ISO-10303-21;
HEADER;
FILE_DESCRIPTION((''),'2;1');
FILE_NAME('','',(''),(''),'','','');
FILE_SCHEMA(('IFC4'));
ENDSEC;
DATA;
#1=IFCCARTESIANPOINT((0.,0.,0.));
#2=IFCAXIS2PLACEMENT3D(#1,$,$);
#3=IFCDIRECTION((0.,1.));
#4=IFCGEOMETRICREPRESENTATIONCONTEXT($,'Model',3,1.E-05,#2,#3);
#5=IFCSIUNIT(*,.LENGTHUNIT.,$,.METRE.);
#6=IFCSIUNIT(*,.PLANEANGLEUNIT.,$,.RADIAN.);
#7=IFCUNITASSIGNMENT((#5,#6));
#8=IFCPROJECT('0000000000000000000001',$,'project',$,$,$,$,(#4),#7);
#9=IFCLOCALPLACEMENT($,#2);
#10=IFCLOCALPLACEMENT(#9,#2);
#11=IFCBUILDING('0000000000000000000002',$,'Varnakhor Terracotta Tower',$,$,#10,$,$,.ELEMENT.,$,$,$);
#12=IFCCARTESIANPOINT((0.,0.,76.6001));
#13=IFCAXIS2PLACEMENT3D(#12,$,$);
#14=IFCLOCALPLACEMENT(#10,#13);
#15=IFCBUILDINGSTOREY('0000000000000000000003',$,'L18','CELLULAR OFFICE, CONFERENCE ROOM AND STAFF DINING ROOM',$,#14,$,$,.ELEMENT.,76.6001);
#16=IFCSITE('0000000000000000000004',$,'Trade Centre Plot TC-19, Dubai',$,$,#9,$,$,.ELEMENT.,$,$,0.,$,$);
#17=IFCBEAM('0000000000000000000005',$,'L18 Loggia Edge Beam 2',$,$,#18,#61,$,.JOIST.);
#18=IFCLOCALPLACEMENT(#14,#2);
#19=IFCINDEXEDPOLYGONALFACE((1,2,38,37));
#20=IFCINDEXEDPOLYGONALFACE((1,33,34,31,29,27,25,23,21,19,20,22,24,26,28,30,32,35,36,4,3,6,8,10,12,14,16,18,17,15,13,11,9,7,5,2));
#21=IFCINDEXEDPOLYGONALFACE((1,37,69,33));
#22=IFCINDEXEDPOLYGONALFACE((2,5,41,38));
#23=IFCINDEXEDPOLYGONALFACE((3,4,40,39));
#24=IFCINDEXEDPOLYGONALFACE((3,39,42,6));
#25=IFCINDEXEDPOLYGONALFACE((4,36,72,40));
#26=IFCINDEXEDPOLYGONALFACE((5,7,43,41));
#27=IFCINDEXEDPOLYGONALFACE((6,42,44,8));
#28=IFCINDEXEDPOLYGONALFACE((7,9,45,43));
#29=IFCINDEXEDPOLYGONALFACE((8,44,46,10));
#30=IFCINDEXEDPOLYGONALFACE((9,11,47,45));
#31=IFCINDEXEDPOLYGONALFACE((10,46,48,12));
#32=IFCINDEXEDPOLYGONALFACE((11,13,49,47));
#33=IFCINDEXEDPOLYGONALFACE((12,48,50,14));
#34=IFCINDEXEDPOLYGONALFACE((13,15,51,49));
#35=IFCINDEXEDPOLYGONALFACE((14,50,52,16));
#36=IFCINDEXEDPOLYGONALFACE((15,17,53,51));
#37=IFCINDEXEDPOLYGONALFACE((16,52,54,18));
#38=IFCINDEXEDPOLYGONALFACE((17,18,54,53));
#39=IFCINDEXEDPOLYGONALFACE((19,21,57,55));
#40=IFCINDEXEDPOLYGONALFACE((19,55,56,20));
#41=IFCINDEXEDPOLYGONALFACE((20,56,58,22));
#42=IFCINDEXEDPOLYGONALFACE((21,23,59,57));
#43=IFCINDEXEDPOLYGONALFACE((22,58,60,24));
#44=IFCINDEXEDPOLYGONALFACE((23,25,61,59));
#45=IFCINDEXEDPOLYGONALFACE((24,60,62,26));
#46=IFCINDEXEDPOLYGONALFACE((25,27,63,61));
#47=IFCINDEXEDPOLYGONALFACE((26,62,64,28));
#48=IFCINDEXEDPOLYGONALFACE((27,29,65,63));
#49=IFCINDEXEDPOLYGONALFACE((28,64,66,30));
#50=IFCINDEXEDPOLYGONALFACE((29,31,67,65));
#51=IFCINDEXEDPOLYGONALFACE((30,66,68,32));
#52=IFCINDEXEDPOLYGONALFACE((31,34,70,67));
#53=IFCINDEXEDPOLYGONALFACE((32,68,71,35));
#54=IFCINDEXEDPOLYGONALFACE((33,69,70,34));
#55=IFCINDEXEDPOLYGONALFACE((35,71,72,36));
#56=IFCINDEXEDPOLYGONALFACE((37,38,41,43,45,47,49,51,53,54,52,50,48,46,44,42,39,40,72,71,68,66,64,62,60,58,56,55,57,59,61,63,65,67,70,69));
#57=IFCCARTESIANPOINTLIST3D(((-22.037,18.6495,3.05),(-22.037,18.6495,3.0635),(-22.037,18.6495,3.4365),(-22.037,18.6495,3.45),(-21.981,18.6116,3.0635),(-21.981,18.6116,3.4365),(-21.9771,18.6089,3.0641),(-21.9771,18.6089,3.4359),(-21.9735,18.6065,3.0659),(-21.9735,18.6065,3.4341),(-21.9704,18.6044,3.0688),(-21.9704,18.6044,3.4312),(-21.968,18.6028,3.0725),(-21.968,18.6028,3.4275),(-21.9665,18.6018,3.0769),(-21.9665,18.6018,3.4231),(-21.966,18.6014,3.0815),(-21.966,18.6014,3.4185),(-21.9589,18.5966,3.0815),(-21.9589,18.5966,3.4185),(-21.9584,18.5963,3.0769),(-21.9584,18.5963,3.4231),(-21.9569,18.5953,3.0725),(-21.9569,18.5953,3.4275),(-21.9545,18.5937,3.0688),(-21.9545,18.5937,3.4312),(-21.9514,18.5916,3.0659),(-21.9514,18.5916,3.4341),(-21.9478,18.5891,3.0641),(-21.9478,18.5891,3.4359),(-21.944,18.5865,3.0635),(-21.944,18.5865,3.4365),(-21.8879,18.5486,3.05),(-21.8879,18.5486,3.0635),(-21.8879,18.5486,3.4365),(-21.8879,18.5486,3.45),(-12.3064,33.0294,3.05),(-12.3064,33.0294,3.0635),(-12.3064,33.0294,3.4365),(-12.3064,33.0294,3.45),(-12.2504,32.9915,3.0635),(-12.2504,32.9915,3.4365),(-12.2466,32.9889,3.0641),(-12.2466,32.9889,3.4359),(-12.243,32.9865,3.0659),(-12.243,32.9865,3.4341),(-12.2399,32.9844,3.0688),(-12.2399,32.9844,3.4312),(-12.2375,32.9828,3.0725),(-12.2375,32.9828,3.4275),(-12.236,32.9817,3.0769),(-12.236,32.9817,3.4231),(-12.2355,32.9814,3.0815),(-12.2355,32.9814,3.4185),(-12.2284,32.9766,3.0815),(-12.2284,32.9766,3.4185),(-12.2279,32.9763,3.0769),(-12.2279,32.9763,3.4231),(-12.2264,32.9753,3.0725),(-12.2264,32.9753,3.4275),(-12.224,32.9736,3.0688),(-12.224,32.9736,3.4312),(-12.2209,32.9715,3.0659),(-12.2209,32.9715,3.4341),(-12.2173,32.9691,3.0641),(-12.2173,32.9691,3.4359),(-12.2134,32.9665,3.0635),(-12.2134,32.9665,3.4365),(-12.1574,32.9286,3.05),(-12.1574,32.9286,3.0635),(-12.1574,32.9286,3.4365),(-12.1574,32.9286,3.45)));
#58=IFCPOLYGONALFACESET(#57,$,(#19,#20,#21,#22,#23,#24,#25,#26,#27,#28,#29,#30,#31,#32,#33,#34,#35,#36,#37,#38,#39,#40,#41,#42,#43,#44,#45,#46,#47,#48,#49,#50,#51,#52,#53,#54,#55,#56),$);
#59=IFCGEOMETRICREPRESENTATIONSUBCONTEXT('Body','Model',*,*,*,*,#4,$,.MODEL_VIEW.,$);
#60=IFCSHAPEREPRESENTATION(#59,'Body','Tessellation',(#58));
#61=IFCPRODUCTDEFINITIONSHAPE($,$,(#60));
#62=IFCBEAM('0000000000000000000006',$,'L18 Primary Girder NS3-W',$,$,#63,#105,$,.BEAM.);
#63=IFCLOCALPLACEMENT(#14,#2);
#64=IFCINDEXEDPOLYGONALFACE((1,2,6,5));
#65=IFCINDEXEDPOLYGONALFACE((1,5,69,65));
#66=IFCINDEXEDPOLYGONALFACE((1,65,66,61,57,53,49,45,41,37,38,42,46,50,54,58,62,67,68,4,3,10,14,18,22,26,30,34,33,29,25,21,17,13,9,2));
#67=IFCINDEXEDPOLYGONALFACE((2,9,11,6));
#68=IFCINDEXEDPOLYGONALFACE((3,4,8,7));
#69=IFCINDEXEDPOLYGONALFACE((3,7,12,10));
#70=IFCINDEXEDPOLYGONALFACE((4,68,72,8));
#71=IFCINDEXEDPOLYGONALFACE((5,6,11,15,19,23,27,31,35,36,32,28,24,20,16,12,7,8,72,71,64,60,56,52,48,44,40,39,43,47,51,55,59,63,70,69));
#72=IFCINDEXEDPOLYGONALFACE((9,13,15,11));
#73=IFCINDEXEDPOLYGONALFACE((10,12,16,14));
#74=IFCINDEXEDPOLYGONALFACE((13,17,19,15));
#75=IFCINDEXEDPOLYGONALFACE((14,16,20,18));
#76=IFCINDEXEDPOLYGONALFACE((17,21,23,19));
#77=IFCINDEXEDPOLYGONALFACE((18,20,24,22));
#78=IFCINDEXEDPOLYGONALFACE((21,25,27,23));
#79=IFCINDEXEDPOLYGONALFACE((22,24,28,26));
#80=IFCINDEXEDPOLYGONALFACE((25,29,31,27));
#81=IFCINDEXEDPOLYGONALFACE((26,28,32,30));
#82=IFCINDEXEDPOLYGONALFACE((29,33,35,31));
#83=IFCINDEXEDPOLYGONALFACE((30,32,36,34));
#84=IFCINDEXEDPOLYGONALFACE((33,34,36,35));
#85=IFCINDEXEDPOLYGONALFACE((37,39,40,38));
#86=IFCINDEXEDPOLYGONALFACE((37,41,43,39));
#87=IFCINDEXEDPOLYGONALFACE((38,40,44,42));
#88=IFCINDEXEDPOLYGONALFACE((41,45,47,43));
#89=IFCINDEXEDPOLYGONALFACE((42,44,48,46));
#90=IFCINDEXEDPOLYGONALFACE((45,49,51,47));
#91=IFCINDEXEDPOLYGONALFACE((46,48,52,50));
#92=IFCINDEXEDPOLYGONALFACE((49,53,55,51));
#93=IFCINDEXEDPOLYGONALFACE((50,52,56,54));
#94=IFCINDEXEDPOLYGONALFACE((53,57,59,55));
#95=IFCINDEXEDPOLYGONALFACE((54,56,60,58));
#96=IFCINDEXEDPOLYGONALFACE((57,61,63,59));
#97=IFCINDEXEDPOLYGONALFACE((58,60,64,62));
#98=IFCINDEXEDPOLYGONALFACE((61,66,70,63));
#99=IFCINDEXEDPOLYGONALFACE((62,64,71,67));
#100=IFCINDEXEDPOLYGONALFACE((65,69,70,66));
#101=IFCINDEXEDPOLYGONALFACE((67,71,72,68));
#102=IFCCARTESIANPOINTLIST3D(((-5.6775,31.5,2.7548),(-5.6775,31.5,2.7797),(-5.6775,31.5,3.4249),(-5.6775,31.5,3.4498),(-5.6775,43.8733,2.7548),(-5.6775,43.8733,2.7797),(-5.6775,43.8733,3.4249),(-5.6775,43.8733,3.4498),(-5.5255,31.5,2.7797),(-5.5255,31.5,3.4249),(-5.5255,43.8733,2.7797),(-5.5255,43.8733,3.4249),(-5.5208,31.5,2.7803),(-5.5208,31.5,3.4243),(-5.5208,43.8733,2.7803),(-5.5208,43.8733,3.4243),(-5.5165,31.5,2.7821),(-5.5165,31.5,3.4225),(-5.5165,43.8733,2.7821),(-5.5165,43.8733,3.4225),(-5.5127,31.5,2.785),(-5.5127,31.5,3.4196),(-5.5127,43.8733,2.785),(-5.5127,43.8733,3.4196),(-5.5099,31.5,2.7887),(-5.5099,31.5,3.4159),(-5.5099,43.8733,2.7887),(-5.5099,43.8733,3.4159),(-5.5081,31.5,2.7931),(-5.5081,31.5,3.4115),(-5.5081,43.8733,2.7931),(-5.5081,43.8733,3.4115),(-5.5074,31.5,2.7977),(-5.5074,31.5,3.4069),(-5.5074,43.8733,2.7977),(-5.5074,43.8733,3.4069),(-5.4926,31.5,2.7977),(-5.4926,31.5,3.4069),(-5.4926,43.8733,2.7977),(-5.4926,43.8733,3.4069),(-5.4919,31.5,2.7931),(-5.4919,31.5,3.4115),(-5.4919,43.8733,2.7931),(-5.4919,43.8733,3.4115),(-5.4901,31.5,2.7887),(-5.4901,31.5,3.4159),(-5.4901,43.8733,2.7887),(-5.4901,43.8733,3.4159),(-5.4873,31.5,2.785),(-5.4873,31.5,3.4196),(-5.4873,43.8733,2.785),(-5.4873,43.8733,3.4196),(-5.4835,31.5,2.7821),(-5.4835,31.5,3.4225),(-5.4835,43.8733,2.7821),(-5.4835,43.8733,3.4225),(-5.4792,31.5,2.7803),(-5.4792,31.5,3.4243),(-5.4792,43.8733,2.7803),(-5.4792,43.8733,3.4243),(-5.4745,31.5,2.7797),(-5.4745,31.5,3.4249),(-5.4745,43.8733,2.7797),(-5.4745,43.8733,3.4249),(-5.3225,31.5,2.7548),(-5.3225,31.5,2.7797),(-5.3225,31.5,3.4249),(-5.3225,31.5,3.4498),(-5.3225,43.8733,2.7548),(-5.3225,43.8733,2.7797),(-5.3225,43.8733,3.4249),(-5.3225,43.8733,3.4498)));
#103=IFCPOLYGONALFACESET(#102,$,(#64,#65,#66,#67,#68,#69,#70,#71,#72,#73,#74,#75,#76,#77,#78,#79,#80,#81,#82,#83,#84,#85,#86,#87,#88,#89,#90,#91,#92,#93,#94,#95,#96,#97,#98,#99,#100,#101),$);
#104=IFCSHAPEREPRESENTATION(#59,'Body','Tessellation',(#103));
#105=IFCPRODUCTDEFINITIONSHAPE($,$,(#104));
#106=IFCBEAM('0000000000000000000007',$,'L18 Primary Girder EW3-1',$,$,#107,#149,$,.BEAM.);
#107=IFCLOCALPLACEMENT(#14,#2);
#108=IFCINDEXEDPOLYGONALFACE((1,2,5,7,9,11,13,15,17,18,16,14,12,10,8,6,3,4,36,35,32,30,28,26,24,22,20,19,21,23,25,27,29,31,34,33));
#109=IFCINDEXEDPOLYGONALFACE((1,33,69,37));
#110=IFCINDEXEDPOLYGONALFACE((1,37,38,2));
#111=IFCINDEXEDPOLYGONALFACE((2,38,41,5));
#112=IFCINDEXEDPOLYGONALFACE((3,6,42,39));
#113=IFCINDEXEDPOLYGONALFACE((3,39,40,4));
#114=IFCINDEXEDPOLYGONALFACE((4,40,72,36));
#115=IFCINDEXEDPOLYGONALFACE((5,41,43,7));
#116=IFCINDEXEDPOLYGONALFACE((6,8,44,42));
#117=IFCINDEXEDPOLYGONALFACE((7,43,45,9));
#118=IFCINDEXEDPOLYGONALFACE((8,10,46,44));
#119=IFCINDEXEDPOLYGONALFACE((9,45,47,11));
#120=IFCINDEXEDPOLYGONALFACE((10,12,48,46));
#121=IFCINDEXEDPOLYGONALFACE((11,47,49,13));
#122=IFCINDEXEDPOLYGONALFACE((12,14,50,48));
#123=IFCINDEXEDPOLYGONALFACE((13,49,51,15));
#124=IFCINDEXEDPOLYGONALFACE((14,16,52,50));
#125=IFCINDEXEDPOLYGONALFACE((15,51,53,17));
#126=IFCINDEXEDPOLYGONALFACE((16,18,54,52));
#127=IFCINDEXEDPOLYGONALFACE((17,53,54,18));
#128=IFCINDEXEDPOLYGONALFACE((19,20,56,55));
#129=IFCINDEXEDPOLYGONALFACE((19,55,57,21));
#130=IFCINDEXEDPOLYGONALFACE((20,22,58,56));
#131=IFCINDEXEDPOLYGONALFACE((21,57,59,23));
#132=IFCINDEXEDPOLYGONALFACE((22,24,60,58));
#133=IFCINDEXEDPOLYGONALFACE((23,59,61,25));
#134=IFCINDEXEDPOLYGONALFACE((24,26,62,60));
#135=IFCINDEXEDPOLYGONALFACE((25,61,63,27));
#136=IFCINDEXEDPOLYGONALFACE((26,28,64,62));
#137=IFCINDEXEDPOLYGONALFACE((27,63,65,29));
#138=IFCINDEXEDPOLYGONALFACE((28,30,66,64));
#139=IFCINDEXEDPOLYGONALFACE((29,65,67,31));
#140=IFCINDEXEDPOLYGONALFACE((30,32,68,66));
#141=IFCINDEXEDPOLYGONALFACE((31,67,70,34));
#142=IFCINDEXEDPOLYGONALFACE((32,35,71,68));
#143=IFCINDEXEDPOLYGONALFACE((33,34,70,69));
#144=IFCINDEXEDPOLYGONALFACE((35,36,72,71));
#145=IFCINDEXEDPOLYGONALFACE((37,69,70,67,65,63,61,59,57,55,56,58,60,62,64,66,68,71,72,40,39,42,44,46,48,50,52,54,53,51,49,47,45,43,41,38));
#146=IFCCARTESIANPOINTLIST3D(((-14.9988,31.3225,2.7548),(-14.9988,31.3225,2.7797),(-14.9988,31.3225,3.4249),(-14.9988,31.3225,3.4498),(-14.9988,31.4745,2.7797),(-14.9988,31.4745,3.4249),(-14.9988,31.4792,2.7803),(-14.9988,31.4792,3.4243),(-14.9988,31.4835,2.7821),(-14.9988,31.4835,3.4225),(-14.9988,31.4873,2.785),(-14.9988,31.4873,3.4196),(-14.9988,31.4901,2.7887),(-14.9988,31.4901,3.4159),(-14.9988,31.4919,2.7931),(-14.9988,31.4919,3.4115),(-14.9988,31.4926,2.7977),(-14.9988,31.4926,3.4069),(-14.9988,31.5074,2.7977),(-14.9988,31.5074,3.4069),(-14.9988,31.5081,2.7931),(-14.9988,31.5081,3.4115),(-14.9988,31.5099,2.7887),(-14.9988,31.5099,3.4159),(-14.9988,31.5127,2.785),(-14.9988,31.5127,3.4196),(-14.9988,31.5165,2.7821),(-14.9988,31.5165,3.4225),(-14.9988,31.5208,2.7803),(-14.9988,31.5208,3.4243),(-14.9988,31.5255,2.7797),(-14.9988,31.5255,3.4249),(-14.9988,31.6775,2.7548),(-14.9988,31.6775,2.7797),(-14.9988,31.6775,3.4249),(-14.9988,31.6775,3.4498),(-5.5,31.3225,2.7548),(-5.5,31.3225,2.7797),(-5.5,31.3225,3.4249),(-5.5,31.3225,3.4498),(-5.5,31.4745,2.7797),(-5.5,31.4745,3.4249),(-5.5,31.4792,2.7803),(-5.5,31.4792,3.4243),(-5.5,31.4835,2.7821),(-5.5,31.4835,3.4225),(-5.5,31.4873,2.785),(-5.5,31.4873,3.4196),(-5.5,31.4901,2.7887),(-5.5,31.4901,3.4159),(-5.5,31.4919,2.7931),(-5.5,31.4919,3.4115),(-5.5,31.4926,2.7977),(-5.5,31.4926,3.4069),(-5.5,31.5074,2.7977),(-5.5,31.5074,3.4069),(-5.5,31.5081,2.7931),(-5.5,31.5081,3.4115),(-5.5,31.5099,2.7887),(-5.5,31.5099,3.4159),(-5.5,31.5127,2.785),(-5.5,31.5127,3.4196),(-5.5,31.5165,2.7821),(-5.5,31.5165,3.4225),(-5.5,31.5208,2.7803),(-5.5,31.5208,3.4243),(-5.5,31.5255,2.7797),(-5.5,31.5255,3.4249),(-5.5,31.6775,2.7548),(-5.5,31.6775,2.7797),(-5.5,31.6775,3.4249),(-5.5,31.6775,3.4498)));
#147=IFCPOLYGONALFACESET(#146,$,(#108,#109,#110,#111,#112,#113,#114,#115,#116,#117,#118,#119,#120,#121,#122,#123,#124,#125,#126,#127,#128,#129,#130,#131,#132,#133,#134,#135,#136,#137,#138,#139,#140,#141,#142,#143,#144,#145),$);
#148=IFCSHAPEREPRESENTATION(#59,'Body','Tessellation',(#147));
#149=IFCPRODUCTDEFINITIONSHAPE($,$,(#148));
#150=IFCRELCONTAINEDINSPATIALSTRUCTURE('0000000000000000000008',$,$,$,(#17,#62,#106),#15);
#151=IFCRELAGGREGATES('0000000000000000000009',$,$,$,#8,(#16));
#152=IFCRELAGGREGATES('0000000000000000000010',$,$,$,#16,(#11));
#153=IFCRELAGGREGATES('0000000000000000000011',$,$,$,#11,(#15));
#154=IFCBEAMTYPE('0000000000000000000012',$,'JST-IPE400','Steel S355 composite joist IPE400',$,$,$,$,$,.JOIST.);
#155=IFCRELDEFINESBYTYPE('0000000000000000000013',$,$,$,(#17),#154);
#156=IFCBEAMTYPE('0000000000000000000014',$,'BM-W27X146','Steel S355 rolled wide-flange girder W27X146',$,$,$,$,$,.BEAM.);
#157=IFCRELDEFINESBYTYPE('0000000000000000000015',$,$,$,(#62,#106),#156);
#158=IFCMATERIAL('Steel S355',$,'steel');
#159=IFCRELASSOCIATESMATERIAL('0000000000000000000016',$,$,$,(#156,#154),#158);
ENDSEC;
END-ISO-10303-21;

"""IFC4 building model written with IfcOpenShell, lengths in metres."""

from ifc_helpers import new_model, si_unit, direction, frame, origin, origin_2d, place, context, subcontext, project, spatial, i_section, extrude, source, transform, mapped, material, material_profile, profile_set, type_object, element, save


model = new_model("IFC4")

# Units and contexts
model_context = context("Model", 3, precision=1e-05, world=origin(), true_north=direction((0.0, 1.0)))
body_context = subcontext(model_context, "Body", "Model", "MODEL_VIEW")
ifc_project = project(units=[si_unit("LENGTHUNIT", "METRE"), si_unit("PLANEANGLEUNIT", "RADIAN")], contexts=[model_context])

# Site, building, storey
site_placement = place(None, origin())
site = spatial("IfcSite", under=ifc_project, at=site_placement, Name="Trade Centre Plot TC-19, Dubai", CompositionType="ELEMENT", RefElevation=0.0)
building_placement = place(site_placement, origin())
building = spatial("IfcBuilding", under=site, at=building_placement, Name="Varnakhor Terracotta Tower", CompositionType="ELEMENT")
storey_placement = place(building_placement, frame((0.0, 0.0, 76.6001)))
storey = spatial("IfcBuildingStorey", under=building, at=storey_placement, Name="L18", Description="CELLULAR OFFICE, CONFERENCE ROOM AND STAFF DINING ROOM", CompositionType="ELEMENT", Elevation=76.6001)

# Beams
ifc_material_1 = material(Name="Steel S355", Category="steel")
ifc_material_profile_1 = material_profile(ifc_material_1, i_section(OverallWidth=0.355, OverallDepth=0.6951, WebThickness=0.0149, FlangeThickness=0.0249, FilletRadius=0.0181, at=origin_2d()), Name="W27X146")
ifc_profile_set_1 = profile_set([ifc_material_profile_1], Name="Steel S355")
beam_type_1 = type_object("IfcBeamType", Name="BM-W27X146", Description="Steel S355 rolled wide-flange girder W27X146", PredefinedType="BEAM", material=ifc_profile_set_1)
ifc_material_profile_2 = material_profile(ifc_material_1, i_section(OverallWidth=0.1799, OverallDepth=0.3999, WebThickness=0.0085, FlangeThickness=0.0134, FilletRadius=0.0181, at=origin_2d()), Name="IPE400")
ifc_profile_set_2 = profile_set([ifc_material_profile_2], Name="Steel S355")
beam_type_2 = type_object("IfcBeamType", Name="JST-IPE400", Description="Steel S355 composite joist IPE400", PredefinedType="JOIST", material=ifc_profile_set_2)
shared_shape_1 = source(origin(), body_context, "Body", "SweptSolid", [
    extrude(i_section(OverallWidth=0.1799, OverallDepth=0.3999, WebThickness=0.0085, FlangeThickness=0.0134, FilletRadius=0.0181, at=origin_2d()), origin(), (0.0, 0.0, 1.0), 17.3628),
])
beam_1_placement = place(storey_placement, frame((-12.2319, 32.979, 3.25), z_axis=(-0.560424, -0.828206, 0.0), x_axis=(0.828206, -0.560424, 0.0)))
element("IfcBeam", 1, at=beam_1_placement, inside=storey, type_object=beam_type_2, Name="L18 Loggia Edge Beam 2", PredefinedType="JOIST", context=body_context, shape_type="MappedRepresentation", body=[
    mapped(shared_shape_1, transform((0.0, 0.0, 0.0), scale=1.0)),
])
shared_shape_2 = source(origin(), body_context, "Body", "SweptSolid", [
    extrude(i_section(OverallWidth=0.355, OverallDepth=0.6951, WebThickness=0.0149, FlangeThickness=0.0249, FilletRadius=0.0181, at=origin_2d()), origin(), (0.0, 0.0, 1.0), 12.3733),
])
beam_2_placement = place(storey_placement, frame((-5.5, 31.5, 3.1023), z_axis=(0.0, 1.0, 0.0), x_axis=(-1.0, 0.0, 0.0)))
element("IfcBeam", 2, at=beam_2_placement, inside=storey, type_object=beam_type_1, Name="L18 Primary Girder NS3-W", PredefinedType="BEAM", context=body_context, shape_type="MappedRepresentation", body=[
    mapped(shared_shape_2, transform((0.0, 0.0, 0.0), scale=1.0)),
])
shared_shape_3 = source(origin(), body_context, "Body", "SweptSolid", [
    extrude(i_section(OverallWidth=0.355, OverallDepth=0.6951, WebThickness=0.0149, FlangeThickness=0.0249, FilletRadius=0.0181, at=origin_2d()), origin(), (0.0, 0.0, 1.0), 9.4988),
])
beam_3_placement = place(storey_placement, frame((-14.9988, 31.5, 3.1023), z_axis=(1.0, 0.0, 0.0), x_axis=(0.0, 1.0, 0.0)))
element("IfcBeam", 3, at=beam_3_placement, inside=storey, type_object=beam_type_1, Name="L18 Primary Girder EW3-1", PredefinedType="BEAM", context=body_context, shape_type="MappedRepresentation", body=[
    mapped(shared_shape_3, transform((0.0, 0.0, 0.0), scale=1.0)),
])

save(model, "model.ifc")
